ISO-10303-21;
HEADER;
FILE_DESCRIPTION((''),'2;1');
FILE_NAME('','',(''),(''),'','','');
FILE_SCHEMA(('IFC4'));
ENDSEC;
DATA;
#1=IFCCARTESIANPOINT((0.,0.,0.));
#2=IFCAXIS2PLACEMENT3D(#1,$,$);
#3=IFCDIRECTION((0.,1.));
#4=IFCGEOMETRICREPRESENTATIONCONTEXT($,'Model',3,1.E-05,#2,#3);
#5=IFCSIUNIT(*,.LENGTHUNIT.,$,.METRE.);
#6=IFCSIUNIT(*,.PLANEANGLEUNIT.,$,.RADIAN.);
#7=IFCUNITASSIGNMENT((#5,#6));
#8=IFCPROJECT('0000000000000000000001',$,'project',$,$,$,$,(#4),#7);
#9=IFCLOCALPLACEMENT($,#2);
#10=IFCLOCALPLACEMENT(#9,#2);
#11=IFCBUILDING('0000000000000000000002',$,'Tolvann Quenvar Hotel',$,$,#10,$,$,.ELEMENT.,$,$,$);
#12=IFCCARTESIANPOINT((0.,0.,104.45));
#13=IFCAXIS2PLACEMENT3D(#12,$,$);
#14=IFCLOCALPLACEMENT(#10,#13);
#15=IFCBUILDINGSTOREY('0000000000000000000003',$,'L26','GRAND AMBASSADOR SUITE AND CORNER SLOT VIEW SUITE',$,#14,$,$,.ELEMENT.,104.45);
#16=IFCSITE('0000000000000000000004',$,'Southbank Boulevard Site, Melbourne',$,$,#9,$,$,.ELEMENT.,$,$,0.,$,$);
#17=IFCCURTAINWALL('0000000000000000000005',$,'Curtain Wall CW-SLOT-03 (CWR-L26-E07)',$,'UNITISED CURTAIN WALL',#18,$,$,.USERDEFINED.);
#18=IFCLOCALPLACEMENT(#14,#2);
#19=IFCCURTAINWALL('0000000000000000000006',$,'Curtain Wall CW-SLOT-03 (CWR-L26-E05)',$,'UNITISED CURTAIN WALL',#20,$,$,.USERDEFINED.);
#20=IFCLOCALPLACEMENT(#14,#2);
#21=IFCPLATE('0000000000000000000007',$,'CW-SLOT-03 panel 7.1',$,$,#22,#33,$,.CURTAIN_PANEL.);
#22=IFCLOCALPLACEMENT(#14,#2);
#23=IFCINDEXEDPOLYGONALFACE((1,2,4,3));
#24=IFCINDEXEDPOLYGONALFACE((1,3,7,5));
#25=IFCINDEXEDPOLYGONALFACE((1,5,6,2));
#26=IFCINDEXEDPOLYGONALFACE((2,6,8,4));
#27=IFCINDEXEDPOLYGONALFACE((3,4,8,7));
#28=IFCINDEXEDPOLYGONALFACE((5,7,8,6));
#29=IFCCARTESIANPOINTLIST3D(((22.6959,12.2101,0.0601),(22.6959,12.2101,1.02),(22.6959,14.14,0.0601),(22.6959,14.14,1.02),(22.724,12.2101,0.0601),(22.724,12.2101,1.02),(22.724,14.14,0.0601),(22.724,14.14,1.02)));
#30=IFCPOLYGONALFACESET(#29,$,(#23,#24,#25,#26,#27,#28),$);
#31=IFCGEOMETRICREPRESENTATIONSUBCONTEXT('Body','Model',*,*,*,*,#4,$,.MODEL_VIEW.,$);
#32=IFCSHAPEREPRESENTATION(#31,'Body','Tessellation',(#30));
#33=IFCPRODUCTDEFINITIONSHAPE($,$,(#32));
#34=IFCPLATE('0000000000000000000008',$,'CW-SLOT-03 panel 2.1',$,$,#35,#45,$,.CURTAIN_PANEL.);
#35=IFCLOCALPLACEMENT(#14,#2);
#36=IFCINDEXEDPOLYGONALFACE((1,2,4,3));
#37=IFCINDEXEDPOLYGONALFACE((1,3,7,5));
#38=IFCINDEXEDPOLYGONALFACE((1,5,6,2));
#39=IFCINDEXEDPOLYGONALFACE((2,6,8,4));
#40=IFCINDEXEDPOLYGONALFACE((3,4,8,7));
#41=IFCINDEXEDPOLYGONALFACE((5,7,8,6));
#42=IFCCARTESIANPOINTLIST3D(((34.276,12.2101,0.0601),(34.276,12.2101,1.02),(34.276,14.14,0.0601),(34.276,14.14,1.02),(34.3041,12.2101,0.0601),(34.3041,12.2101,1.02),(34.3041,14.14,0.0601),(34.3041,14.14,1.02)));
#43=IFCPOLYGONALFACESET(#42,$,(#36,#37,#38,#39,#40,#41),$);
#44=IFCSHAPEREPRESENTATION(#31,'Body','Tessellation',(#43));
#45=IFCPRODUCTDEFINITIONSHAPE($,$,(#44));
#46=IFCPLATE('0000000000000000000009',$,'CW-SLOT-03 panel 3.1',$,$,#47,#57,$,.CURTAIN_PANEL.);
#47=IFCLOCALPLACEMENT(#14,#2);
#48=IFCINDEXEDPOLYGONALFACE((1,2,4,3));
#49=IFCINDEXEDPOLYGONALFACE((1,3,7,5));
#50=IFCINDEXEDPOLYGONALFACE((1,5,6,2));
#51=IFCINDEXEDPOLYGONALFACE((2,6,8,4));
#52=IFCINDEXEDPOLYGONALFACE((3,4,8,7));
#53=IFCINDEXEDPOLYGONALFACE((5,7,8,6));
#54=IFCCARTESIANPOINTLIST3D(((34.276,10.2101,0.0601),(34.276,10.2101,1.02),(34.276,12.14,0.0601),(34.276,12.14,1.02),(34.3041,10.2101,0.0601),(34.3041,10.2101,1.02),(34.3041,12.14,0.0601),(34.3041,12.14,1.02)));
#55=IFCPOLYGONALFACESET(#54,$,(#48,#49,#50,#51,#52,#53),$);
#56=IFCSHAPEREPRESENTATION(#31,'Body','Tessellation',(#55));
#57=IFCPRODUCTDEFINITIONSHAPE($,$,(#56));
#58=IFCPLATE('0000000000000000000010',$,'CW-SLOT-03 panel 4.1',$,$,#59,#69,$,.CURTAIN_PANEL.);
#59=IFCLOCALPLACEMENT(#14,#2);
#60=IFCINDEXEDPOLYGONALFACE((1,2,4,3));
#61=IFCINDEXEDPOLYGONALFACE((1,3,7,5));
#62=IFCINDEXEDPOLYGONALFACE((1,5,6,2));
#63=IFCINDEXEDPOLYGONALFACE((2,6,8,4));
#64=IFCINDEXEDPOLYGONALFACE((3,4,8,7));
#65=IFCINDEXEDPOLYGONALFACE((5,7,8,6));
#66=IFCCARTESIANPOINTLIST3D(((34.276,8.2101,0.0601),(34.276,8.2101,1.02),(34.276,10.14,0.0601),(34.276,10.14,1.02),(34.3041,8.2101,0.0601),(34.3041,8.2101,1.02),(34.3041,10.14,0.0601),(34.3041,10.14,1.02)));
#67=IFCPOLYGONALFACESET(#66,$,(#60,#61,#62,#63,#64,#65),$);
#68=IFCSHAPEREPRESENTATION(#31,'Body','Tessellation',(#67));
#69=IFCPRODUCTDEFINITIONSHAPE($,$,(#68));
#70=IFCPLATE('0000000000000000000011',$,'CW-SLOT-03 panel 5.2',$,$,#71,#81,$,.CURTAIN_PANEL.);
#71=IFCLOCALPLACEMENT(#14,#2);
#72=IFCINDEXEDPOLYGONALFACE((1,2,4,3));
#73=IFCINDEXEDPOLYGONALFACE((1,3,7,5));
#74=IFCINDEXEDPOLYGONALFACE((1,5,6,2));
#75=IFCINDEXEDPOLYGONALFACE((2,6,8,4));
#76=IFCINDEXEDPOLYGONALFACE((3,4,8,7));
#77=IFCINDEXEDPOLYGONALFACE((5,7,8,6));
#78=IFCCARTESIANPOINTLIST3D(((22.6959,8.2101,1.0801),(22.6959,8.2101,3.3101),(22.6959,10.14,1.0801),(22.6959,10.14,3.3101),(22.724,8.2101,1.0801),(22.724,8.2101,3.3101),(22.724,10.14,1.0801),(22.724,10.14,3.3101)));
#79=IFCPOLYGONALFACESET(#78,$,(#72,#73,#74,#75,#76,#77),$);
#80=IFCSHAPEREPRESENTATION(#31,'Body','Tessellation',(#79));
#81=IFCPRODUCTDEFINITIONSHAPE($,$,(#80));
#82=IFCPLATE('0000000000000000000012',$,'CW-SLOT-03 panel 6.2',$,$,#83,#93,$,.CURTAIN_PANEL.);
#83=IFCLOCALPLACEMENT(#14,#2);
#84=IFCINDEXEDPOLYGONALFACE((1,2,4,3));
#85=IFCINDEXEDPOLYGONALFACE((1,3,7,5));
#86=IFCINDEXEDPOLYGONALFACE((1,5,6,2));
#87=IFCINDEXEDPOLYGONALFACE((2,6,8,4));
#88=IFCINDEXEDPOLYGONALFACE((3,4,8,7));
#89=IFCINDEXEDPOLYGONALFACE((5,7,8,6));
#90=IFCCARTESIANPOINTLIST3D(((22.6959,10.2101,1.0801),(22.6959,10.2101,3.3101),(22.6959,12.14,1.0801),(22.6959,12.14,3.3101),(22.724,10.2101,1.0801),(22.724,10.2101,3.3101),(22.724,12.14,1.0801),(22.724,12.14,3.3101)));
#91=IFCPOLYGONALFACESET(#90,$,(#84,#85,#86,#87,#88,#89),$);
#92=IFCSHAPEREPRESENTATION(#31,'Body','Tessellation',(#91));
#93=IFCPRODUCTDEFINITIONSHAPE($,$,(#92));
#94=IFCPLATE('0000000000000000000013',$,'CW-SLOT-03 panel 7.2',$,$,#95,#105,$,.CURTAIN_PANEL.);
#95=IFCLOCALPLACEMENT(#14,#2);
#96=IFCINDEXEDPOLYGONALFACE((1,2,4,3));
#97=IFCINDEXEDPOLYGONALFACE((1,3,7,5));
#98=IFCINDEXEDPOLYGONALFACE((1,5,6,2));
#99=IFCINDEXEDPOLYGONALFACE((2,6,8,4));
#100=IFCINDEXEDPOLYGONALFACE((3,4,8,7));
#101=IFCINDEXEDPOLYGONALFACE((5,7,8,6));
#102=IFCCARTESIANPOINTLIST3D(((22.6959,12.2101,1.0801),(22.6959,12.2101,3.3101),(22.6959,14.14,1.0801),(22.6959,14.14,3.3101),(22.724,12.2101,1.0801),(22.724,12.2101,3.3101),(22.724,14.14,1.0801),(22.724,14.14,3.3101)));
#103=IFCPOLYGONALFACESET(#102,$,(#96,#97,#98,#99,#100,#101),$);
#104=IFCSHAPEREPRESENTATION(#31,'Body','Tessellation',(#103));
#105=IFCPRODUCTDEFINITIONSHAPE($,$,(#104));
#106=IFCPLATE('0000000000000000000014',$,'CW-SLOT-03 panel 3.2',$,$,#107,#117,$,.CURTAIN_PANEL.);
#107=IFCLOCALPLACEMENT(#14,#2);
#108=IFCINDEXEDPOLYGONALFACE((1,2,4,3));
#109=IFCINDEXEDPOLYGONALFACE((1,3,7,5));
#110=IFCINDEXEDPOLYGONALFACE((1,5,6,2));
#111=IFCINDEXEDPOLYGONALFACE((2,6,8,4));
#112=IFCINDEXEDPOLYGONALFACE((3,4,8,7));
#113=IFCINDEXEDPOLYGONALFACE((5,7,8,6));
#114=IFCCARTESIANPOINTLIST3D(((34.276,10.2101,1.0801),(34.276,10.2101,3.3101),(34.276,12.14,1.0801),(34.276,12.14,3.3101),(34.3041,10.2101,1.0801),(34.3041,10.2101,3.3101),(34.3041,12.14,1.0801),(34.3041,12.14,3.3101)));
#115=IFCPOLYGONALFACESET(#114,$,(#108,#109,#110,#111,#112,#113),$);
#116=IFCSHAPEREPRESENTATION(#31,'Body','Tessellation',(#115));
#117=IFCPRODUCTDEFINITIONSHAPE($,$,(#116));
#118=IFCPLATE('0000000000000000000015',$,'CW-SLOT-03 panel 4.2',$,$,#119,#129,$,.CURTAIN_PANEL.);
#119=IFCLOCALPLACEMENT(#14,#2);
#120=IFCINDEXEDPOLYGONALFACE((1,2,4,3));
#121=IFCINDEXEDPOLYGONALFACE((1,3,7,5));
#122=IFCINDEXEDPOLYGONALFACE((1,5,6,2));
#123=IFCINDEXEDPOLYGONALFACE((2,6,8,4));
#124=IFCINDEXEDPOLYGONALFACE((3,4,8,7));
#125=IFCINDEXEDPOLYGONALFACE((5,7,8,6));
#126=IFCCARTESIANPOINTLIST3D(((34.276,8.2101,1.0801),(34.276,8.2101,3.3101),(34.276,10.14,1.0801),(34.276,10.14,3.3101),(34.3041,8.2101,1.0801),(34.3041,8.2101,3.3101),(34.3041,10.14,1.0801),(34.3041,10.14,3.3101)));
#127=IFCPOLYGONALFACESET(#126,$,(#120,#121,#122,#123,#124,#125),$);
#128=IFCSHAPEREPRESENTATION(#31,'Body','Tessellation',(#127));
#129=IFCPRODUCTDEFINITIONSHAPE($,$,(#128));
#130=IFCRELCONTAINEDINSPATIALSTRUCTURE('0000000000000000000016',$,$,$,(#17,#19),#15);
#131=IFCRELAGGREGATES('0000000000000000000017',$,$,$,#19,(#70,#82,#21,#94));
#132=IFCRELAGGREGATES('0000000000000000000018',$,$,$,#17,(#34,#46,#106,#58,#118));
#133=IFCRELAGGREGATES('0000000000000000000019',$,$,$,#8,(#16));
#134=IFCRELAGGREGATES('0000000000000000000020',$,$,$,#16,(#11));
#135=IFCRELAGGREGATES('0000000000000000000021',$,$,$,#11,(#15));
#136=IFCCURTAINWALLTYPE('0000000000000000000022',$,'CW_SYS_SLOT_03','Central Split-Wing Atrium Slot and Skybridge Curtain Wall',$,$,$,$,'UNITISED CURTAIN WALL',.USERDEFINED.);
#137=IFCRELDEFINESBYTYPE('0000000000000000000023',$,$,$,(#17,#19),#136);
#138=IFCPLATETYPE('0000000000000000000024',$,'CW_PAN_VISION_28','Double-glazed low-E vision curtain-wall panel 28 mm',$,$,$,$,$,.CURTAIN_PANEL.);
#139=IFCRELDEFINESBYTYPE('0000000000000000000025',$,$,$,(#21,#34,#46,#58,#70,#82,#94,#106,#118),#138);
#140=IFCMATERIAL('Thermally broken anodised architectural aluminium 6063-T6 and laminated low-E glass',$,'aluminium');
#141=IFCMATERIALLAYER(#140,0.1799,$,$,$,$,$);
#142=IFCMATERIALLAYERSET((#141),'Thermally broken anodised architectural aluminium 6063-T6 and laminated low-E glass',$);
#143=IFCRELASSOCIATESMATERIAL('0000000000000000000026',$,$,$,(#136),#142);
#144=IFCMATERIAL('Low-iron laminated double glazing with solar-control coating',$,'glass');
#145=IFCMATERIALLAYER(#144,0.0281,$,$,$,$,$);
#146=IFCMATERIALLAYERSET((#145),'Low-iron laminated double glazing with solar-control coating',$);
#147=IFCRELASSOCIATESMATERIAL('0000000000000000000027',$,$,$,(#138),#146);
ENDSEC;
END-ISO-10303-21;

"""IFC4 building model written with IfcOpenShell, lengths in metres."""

from ifc_helpers import new_model, si_unit, direction, frame, origin, origin_2d, place, context, subcontext, project, spatial, rectangle, extrude, source, transform, mapped, material, layer, layer_set, type_object, type_shapes, element, aggregate, save


model = new_model("IFC4")

# Units and contexts
model_context = context("Model", 3, precision=1e-05, world=origin(), true_north=direction((0.0, 1.0)))
body_context = subcontext(model_context, "Body", "Model", "MODEL_VIEW")
ifc_project = project(units=[si_unit("LENGTHUNIT", "METRE"), si_unit("PLANEANGLEUNIT", "RADIAN")], contexts=[model_context])

# Site, building, storey
site_placement = place(None, origin())
site = spatial("IfcSite", under=ifc_project, at=site_placement, Name="Southbank Boulevard Site, Melbourne", CompositionType="ELEMENT", RefElevation=0.0)
building_placement = place(site_placement, origin())
building = spatial("IfcBuilding", under=site, at=building_placement, Name="Tolvann Quenvar Hotel", CompositionType="ELEMENT")
storey_placement = place(building_placement, frame((0.0, 0.0, 104.45)))
storey = spatial("IfcBuildingStorey", under=building, at=storey_placement, Name="L26", Description="GRAND AMBASSADOR SUITE AND CORNER SLOT VIEW SUITE", CompositionType="ELEMENT", Elevation=104.45)

# Curtain walls
ifc_material_1 = material(Name="Thermally broken anodised architectural aluminium 6063-T6 and laminated low-E glass", Category="aluminium")
ifc_layer_1 = layer(ifc_material_1, 0.1799)
ifc_layer_set_1 = layer_set([ifc_layer_1], Name="Thermally broken anodised architectural aluminium 6063-T6 and laminated low-E glass")
curtain_wall_type = type_object("IfcCurtainWallType", Name="CW_SYS_SLOT_03", Description="Central Split-Wing Atrium Slot and Skybridge Curtain Wall", ElementType="UNITISED CURTAIN WALL", PredefinedType="USERDEFINED", material=ifc_layer_set_1)
curtain_wall_1_placement = place(storey_placement, origin())
curtain_wall_1 = element("IfcCurtainWall", 1, at=curtain_wall_1_placement, inside=storey, type_object=curtain_wall_type, Name="Curtain Wall CW-SLOT-03 (CWR-L26-E07)", ObjectType="UNITISED CURTAIN WALL", PredefinedType="USERDEFINED")
curtain_wall_2_placement = place(storey_placement, origin())
curtain_wall_2 = element("IfcCurtainWall", 2, at=curtain_wall_2_placement, inside=storey, type_object=curtain_wall_type, Name="Curtain Wall CW-SLOT-03 (CWR-L26-E05)", ObjectType="UNITISED CURTAIN WALL", PredefinedType="USERDEFINED")

# Plates
ifc_material_2 = material(Name="Low-iron laminated double glazing with solar-control coating", Category="glass")
ifc_layer_2 = layer(ifc_material_2, 0.0281)
ifc_layer_set_2 = layer_set([ifc_layer_2], Name="Low-iron laminated double glazing with solar-control coating")
plate_type = type_object("IfcPlateType", Name="CW_PAN_VISION_28", Description="Double-glazed low-E vision curtain-wall panel 28 mm", PredefinedType="CURTAIN_PANEL", material=ifc_layer_set_2)
shared_shape_1 = source(origin(), body_context, "Body", "SweptSolid", [
    extrude(rectangle(XDim=1.9299, YDim=0.0281, at=origin_2d()), origin(), (0.0, 0.0, 1.0), 0.96),
])
plate_1_placement = place(storey_placement, frame((22.71, 13.175, 0.0601), z_axis=(0.0, 0.0, 1.0), x_axis=(0.0, 1.0, 0.0)))
plate_1 = element("IfcPlate", 3, at=plate_1_placement, type_object=plate_type, Name="CW-SLOT-03 panel 7.1", PredefinedType="CURTAIN_PANEL", context=body_context, shape_type="MappedRepresentation", body=[
    mapped(shared_shape_1, transform((0.0, 0.0, 0.0), x_axis=(1.0, 0.0, 0.0), y_axis=(0.0, 1.0, 0.0), z_axis=(0.0, 0.0, 1.0), scale=1.0)),
])
plate_2_placement = place(storey_placement, frame((34.29, 13.175, 0.0601), z_axis=(0.0, 0.0, 1.0), x_axis=(0.0, -1.0, 0.0)))
plate_2 = element("IfcPlate", 4, at=plate_2_placement, type_object=plate_type, Name="CW-SLOT-03 panel 2.1", PredefinedType="CURTAIN_PANEL", context=body_context, shape_type="MappedRepresentation", body=[
    mapped(shared_shape_1, transform((0.0, 0.0, 0.0), x_axis=(1.0, 0.0, 0.0), y_axis=(0.0, 1.0, 0.0), z_axis=(0.0, 0.0, 1.0), scale=1.0)),
])
plate_3_placement = place(storey_placement, frame((34.29, 11.175, 0.0601), z_axis=(0.0, 0.0, 1.0), x_axis=(0.0, -1.0, 0.0)))
plate_3 = element("IfcPlate", 5, at=plate_3_placement, type_object=plate_type, Name="CW-SLOT-03 panel 3.1", PredefinedType="CURTAIN_PANEL", context=body_context, shape_type="MappedRepresentation", body=[
    mapped(shared_shape_1, transform((0.0, 0.0, 0.0), x_axis=(1.0, 0.0, 0.0), y_axis=(0.0, 1.0, 0.0), z_axis=(0.0, 0.0, 1.0), scale=1.0)),
])
plate_4_placement = place(storey_placement, frame((34.29, 9.175, 0.0601), z_axis=(0.0, 0.0, 1.0), x_axis=(0.0, -1.0, 0.0)))
plate_4 = element("IfcPlate", 6, at=plate_4_placement, type_object=plate_type, Name="CW-SLOT-03 panel 4.1", PredefinedType="CURTAIN_PANEL", context=body_context, shape_type="MappedRepresentation", body=[
    mapped(shared_shape_1, transform((0.0, 0.0, 0.0), x_axis=(1.0, 0.0, 0.0), y_axis=(0.0, 1.0, 0.0), z_axis=(0.0, 0.0, 1.0), scale=1.0)),
])
shared_shape_2 = source(origin(), body_context, "Body", "SweptSolid", [
    extrude(rectangle(XDim=1.9299, YDim=0.0281, at=origin_2d()), origin(), (0.0, 0.0, 1.0), 2.23),
])
type_shapes(plate_type, [shared_shape_1, shared_shape_2])
plate_5_placement = place(storey_placement, frame((22.71, 9.175, 1.0801), z_axis=(0.0, 0.0, 1.0), x_axis=(0.0, 1.0, 0.0)))
plate_5 = element("IfcPlate", 7, at=plate_5_placement, type_object=plate_type, Name="CW-SLOT-03 panel 5.2", PredefinedType="CURTAIN_PANEL", context=body_context, shape_type="MappedRepresentation", body=[
    mapped(shared_shape_2, transform((0.0, 0.0, 0.0), x_axis=(1.0, 0.0, 0.0), y_axis=(0.0, 1.0, 0.0), z_axis=(0.0, 0.0, 1.0), scale=1.0)),
])
plate_6_placement = place(storey_placement, frame((22.71, 11.175, 1.0801), z_axis=(0.0, 0.0, 1.0), x_axis=(0.0, 1.0, 0.0)))
plate_6 = element("IfcPlate", 8, at=plate_6_placement, type_object=plate_type, Name="CW-SLOT-03 panel 6.2", PredefinedType="CURTAIN_PANEL", context=body_context, shape_type="MappedRepresentation", body=[
    mapped(shared_shape_2, transform((0.0, 0.0, 0.0), x_axis=(1.0, 0.0, 0.0), y_axis=(0.0, 1.0, 0.0), z_axis=(0.0, 0.0, 1.0), scale=1.0)),
])
plate_7_placement = place(storey_placement, frame((22.71, 13.175, 1.0801), z_axis=(0.0, 0.0, 1.0), x_axis=(0.0, 1.0, 0.0)))
plate_7 = element("IfcPlate", 9, at=plate_7_placement, type_object=plate_type, Name="CW-SLOT-03 panel 7.2", PredefinedType="CURTAIN_PANEL", context=body_context, shape_type="MappedRepresentation", body=[
    mapped(shared_shape_2, transform((0.0, 0.0, 0.0), x_axis=(1.0, 0.0, 0.0), y_axis=(0.0, 1.0, 0.0), z_axis=(0.0, 0.0, 1.0), scale=1.0)),
])
aggregate(curtain_wall_2, [plate_5, plate_6, plate_1, plate_7])
plate_8_placement = place(storey_placement, frame((34.29, 11.175, 1.0801), z_axis=(0.0, 0.0, 1.0), x_axis=(0.0, -1.0, 0.0)))
plate_8 = element("IfcPlate", 10, at=plate_8_placement, type_object=plate_type, Name="CW-SLOT-03 panel 3.2", PredefinedType="CURTAIN_PANEL", context=body_context, shape_type="MappedRepresentation", body=[
    mapped(shared_shape_2, transform((0.0, 0.0, 0.0), x_axis=(1.0, 0.0, 0.0), y_axis=(0.0, 1.0, 0.0), z_axis=(0.0, 0.0, 1.0), scale=1.0)),
])
plate_9_placement = place(storey_placement, frame((34.29, 9.175, 1.0801), z_axis=(0.0, 0.0, 1.0), x_axis=(0.0, -1.0, 0.0)))
plate_9 = element("IfcPlate", 11, at=plate_9_placement, type_object=plate_type, Name="CW-SLOT-03 panel 4.2", PredefinedType="CURTAIN_PANEL", context=body_context, shape_type="MappedRepresentation", body=[
    mapped(shared_shape_2, transform((0.0, 0.0, 0.0), x_axis=(1.0, 0.0, 0.0), y_axis=(0.0, 1.0, 0.0), z_axis=(0.0, 0.0, 1.0), scale=1.0)),
])
aggregate(curtain_wall_1, [plate_2, plate_3, plate_8, plate_4, plate_9])

save(model, "model.ifc")
